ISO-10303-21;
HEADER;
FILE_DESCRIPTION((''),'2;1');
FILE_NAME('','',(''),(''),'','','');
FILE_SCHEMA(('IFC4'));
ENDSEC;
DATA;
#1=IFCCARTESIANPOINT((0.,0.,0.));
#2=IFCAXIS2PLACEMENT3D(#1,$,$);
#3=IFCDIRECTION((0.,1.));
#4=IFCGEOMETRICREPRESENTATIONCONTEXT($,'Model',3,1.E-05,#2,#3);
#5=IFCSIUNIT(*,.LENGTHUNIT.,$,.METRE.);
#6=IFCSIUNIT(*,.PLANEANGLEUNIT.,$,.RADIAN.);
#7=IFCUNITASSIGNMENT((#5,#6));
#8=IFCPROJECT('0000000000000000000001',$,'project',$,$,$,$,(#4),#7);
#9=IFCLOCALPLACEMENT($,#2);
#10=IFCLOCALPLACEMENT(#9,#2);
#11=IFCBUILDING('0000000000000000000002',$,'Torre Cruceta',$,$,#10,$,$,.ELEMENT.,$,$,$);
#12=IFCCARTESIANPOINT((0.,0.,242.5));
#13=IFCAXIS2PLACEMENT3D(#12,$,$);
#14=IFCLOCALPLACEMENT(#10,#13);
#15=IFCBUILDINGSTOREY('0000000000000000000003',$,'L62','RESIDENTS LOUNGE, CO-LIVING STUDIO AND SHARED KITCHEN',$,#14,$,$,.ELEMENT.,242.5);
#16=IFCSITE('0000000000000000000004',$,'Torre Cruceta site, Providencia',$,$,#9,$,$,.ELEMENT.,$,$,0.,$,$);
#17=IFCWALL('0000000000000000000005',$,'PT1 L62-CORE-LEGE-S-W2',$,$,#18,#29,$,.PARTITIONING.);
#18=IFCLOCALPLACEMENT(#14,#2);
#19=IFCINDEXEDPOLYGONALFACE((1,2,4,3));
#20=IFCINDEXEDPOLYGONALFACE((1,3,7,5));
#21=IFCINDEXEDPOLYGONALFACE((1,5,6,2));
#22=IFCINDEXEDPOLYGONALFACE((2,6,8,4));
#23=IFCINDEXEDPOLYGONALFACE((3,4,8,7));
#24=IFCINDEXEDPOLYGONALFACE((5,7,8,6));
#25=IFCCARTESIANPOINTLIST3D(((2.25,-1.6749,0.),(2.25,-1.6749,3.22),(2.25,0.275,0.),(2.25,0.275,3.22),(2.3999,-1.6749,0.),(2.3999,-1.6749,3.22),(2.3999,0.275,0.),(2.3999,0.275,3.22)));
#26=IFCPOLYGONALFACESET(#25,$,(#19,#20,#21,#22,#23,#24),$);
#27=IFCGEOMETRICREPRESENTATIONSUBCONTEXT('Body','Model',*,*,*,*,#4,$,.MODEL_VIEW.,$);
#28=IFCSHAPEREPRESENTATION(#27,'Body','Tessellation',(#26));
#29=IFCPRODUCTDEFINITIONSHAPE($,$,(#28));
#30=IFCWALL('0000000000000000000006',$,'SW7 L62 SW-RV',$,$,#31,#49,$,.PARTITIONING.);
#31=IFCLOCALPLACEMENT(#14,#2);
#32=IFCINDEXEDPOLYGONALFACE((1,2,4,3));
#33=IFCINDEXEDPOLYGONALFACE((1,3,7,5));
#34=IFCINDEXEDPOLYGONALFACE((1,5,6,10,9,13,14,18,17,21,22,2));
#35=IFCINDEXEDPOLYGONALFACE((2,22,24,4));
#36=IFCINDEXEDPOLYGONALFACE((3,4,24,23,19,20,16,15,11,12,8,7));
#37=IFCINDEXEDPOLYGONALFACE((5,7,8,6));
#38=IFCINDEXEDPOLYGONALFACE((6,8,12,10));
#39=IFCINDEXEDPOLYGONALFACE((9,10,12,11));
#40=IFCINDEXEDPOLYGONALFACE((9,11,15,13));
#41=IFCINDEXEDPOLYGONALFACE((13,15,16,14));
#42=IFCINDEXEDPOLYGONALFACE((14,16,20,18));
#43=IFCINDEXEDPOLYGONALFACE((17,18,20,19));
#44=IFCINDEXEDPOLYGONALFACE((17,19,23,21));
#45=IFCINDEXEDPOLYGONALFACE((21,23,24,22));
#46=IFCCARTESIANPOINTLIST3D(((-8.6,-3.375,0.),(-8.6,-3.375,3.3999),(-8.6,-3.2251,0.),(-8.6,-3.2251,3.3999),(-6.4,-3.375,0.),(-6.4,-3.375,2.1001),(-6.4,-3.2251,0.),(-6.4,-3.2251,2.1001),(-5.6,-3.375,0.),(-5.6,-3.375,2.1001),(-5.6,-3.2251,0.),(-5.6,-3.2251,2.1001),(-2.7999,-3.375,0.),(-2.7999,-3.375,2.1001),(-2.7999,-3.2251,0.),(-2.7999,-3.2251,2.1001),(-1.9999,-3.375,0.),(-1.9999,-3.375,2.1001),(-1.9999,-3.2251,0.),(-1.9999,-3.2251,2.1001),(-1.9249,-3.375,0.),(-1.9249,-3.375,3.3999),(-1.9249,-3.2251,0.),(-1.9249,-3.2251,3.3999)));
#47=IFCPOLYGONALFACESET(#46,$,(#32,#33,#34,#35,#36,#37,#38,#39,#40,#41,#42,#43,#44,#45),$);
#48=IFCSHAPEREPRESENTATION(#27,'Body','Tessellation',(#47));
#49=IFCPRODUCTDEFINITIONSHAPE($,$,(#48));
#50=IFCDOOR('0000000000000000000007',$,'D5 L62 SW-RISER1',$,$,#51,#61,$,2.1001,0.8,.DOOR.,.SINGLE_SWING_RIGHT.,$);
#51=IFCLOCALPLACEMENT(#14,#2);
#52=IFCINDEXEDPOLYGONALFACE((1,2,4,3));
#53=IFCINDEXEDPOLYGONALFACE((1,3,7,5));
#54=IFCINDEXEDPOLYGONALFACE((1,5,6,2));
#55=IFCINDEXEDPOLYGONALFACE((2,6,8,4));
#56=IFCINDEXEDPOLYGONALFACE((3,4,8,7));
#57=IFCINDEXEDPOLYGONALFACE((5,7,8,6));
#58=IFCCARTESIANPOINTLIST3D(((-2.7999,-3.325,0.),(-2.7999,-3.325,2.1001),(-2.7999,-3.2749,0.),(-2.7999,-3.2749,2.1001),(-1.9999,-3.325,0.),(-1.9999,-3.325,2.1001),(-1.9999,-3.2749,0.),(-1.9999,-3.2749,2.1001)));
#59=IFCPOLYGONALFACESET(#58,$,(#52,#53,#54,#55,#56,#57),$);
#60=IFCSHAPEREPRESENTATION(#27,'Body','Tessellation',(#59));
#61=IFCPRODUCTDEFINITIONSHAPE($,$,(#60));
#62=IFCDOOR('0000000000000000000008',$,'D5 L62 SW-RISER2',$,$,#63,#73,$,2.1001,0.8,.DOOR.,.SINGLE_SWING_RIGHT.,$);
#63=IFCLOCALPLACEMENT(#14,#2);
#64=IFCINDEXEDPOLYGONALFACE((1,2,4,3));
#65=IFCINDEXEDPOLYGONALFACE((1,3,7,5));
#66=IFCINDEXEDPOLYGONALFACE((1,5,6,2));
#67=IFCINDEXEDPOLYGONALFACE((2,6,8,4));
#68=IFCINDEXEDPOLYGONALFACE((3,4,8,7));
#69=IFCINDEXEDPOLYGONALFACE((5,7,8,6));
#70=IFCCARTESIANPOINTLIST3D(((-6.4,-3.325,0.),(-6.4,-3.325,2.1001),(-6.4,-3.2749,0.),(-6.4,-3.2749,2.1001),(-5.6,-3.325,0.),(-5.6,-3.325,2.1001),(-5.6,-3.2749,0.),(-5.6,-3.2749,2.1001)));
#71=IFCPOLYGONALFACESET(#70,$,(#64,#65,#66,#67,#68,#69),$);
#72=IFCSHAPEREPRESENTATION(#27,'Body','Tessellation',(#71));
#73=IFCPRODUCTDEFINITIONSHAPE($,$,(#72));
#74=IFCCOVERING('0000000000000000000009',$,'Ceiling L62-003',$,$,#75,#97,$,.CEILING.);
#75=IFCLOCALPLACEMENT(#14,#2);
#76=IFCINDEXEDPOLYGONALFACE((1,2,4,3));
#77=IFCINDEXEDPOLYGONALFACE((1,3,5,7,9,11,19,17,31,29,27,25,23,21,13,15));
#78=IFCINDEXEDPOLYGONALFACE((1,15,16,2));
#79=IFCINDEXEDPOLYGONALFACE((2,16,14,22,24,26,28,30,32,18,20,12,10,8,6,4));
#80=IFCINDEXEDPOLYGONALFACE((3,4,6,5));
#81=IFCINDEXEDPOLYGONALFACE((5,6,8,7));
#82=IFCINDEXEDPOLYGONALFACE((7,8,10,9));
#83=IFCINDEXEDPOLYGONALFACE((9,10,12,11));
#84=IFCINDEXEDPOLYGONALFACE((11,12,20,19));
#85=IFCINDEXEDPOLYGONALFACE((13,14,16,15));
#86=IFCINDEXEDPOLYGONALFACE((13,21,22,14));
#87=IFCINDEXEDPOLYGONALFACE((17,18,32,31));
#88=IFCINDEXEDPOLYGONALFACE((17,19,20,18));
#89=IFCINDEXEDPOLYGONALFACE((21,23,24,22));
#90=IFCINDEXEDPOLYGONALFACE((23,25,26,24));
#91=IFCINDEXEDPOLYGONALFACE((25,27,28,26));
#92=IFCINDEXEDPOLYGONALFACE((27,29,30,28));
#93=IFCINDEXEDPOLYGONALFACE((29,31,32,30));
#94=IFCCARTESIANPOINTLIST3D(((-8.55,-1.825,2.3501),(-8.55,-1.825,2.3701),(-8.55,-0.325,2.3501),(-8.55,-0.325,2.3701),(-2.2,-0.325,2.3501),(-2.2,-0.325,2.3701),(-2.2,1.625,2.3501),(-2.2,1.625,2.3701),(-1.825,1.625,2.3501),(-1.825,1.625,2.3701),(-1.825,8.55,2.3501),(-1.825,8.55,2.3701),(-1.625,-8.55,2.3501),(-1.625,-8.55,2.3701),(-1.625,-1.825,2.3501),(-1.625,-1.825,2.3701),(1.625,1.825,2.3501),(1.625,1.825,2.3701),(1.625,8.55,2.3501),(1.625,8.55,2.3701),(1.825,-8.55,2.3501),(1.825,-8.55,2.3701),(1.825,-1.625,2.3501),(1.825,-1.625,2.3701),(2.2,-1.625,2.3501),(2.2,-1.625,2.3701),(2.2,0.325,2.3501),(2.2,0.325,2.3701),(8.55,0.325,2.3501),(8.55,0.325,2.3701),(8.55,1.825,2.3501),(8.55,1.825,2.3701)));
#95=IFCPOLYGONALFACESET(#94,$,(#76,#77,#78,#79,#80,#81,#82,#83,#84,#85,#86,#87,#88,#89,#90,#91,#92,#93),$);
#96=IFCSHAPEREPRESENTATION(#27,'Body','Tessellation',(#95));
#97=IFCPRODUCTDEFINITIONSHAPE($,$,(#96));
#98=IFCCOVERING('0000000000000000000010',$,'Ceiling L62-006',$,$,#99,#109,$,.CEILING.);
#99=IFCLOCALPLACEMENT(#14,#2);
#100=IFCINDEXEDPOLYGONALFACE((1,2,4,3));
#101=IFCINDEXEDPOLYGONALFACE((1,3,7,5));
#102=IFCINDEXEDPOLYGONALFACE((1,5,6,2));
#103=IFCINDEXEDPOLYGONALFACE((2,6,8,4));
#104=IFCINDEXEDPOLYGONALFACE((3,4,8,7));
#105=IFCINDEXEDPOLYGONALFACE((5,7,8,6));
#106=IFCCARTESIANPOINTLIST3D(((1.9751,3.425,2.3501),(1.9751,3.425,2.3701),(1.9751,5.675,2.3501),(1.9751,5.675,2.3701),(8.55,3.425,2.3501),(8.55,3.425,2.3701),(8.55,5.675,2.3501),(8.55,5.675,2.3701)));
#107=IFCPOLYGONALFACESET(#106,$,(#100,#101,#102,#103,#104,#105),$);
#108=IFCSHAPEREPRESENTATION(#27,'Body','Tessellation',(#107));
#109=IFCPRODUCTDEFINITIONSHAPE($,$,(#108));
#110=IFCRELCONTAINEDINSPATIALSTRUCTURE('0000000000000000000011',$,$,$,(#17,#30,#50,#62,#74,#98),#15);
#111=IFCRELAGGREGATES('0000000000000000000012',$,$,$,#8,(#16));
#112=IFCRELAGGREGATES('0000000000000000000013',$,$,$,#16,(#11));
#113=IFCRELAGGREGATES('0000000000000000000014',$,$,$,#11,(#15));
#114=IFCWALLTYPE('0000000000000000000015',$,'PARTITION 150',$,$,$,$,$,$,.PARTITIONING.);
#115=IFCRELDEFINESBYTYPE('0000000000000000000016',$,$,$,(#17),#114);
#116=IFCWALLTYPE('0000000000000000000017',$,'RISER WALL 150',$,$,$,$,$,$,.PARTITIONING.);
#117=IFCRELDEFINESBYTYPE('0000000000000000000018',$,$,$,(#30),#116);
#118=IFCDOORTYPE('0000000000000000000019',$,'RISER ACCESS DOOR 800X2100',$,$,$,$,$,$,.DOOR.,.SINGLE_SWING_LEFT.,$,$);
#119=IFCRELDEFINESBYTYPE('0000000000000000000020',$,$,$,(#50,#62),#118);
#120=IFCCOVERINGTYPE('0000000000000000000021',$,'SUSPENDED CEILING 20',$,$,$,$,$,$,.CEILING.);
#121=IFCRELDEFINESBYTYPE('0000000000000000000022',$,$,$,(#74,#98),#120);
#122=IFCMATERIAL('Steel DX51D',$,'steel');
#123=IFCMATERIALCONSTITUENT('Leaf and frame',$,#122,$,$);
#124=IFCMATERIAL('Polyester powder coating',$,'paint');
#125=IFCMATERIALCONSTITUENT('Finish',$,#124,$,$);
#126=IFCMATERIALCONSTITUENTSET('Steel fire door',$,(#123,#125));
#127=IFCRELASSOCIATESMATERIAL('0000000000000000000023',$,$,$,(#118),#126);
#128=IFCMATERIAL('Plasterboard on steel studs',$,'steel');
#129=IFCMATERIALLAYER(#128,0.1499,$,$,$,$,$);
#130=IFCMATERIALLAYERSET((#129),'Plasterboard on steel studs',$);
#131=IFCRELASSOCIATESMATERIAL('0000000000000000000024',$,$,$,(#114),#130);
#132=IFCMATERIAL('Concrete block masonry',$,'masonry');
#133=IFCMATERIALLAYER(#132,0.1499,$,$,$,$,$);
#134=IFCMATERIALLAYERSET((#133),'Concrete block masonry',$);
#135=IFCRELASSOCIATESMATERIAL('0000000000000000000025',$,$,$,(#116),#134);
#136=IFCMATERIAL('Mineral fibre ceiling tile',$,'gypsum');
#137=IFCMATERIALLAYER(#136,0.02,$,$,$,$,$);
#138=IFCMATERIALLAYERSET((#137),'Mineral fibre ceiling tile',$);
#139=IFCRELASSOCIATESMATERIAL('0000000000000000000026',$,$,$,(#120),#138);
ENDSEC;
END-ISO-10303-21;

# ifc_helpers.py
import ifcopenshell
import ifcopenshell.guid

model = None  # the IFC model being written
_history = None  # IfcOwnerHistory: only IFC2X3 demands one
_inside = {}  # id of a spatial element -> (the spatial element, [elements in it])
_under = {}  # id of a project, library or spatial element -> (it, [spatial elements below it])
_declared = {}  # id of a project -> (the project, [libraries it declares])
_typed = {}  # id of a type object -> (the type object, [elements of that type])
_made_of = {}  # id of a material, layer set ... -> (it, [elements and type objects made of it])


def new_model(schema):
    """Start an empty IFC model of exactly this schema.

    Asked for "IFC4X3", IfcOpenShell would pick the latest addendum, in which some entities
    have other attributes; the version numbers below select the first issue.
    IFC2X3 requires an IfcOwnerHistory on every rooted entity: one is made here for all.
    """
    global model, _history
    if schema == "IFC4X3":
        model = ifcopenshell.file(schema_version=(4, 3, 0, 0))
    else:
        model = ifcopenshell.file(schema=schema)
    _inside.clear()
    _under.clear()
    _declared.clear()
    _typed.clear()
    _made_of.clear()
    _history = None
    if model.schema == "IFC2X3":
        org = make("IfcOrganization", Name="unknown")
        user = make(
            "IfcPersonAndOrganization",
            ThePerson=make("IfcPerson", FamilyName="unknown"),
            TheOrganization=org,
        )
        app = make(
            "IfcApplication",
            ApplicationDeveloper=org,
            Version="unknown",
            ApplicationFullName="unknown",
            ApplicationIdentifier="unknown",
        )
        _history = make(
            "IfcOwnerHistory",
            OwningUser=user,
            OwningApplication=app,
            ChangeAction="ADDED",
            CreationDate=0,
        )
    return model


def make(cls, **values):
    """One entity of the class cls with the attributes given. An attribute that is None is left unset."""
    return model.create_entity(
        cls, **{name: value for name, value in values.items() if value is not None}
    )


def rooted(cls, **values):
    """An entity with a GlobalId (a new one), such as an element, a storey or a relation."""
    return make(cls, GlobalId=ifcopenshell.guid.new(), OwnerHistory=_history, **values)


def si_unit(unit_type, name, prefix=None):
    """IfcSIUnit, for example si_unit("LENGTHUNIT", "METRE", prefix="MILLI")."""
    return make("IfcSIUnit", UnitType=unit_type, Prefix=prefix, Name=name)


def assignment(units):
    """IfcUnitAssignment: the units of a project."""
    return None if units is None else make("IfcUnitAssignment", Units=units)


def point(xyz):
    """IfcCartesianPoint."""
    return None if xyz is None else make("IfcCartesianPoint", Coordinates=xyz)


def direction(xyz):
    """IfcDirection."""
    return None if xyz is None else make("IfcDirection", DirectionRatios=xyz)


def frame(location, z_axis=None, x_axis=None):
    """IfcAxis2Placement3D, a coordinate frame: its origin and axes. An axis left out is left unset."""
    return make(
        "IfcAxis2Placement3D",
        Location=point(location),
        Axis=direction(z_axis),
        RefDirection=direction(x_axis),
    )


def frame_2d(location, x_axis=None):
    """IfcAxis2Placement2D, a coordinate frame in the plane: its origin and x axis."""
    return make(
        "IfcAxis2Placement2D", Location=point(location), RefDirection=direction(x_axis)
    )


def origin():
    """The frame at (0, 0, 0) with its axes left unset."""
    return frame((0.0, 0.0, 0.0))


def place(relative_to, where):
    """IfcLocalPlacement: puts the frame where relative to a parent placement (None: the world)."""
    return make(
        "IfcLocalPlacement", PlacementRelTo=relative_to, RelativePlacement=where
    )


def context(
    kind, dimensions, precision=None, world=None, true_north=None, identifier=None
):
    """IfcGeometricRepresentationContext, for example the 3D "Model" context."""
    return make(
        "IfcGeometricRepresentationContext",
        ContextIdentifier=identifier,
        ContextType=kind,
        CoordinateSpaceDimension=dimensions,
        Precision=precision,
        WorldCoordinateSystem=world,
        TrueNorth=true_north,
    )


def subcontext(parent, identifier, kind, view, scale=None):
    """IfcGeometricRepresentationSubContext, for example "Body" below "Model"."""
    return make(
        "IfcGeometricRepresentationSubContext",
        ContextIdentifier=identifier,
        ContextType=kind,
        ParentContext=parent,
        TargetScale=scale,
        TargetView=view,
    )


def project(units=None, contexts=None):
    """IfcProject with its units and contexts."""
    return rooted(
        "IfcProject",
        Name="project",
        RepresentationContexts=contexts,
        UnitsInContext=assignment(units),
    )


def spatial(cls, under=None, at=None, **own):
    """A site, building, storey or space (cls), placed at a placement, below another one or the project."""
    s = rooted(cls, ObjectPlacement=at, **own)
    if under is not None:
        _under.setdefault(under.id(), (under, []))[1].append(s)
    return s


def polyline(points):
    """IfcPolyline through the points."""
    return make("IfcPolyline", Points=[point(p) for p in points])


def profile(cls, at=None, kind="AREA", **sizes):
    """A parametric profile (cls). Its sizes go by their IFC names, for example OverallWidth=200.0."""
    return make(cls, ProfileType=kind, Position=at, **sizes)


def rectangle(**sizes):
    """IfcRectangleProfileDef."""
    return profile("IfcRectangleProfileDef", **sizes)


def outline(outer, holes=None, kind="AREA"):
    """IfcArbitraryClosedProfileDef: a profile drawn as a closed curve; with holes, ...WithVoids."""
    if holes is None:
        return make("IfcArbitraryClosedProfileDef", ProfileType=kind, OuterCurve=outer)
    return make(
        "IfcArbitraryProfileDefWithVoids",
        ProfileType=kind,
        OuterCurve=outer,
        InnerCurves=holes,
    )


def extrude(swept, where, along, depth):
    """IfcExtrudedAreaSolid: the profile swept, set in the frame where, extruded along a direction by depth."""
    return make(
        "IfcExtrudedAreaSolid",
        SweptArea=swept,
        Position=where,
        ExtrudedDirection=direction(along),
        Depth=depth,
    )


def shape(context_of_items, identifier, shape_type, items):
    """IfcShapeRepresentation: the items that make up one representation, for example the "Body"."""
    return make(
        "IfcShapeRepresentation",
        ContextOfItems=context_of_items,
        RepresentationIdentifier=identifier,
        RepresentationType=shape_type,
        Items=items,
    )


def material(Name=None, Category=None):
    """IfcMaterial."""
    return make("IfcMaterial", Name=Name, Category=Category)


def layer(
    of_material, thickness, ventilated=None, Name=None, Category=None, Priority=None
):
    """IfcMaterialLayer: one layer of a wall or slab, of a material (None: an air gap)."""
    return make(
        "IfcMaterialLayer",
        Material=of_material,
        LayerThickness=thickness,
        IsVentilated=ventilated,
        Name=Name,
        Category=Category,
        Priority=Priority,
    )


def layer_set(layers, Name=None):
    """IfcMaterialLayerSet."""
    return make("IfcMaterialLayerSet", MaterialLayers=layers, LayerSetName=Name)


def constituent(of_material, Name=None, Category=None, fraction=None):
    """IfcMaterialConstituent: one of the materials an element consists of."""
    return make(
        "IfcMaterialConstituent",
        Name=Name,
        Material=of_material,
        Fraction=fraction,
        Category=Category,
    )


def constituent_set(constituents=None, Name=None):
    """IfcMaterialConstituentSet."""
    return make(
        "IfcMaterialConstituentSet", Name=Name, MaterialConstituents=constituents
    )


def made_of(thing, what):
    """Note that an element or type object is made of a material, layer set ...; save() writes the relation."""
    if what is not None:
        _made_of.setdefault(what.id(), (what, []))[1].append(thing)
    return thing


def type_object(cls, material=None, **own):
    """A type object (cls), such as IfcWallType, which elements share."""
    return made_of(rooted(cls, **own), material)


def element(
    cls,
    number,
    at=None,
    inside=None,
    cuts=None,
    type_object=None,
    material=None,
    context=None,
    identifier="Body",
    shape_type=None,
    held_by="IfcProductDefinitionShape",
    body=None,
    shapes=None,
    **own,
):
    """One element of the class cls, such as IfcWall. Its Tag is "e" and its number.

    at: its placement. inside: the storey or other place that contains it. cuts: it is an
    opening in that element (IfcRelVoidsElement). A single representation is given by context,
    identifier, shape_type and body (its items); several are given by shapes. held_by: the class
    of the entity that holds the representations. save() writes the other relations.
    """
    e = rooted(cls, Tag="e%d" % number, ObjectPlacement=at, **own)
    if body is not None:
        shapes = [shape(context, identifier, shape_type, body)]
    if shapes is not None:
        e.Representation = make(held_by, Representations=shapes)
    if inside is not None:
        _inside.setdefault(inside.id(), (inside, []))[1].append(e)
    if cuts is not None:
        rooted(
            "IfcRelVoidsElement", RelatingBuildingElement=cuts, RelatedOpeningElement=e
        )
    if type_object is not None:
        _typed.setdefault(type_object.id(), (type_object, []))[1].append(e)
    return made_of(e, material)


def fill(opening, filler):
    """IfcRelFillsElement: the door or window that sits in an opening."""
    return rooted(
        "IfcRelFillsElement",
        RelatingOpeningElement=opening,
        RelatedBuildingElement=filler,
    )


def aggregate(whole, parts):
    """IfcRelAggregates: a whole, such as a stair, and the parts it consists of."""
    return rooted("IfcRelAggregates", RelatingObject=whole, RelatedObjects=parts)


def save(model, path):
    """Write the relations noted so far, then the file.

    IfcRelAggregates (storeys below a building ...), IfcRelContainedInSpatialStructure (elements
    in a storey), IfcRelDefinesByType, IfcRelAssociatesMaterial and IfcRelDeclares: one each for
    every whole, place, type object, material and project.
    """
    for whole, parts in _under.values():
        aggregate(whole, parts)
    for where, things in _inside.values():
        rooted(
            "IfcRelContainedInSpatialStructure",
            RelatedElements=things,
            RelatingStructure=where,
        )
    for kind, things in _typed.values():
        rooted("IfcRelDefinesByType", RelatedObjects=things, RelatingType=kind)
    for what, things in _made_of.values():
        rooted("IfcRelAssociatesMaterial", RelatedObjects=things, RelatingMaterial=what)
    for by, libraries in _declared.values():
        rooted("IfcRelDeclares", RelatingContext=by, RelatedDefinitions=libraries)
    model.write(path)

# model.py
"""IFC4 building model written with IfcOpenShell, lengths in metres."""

from ifc_helpers import new_model, si_unit, direction, frame, frame_2d, origin, place, context, subcontext, project, spatial, polyline, rectangle, outline, extrude, material, layer, layer_set, constituent, constituent_set, type_object, element, fill, save


model = new_model("IFC4")

# Units and contexts
model_context = context("Model", 3, precision=1e-05, world=origin(), true_north=direction((0.0, 1.0)))
body_context = subcontext(model_context, "Body", "Model", "MODEL_VIEW")
ifc_project = project(units=[si_unit("LENGTHUNIT", "METRE"), si_unit("PLANEANGLEUNIT", "RADIAN")], contexts=[model_context])

# Site, building, storey
site_placement = place(None, origin())
site = spatial("IfcSite", under=ifc_project, at=site_placement, Name="Torre Cruceta site, Providencia", CompositionType="ELEMENT", RefElevation=0.0)
building_placement = place(site_placement, origin())
building = spatial("IfcBuilding", under=site, at=building_placement, Name="Torre Cruceta", CompositionType="ELEMENT")
storey_placement = place(building_placement, frame((0.0, 0.0, 242.5)))
storey = spatial("IfcBuildingStorey", under=building, at=storey_placement, Name="L62", Description="RESIDENTS LOUNGE, CO-LIVING STUDIO AND SHARED KITCHEN", CompositionType="ELEMENT", Elevation=242.5)

# Shared definitions
ifc_material_1 = material(Name="Steel DX51D", Category="steel")
ifc_constituent_1 = constituent(ifc_material_1, Name="Leaf and frame")
ifc_material_2 = material(Name="Polyester powder coating", Category="paint")
ifc_constituent_2 = constituent(ifc_material_2, Name="Finish")
ifc_constituent_set_1 = constituent_set(constituents=[ifc_constituent_1, ifc_constituent_2], Name="Steel fire door")
door_type_1 = type_object("IfcDoorType", Name="RISER ACCESS DOOR 800X2100", OperationType="SINGLE_SWING_LEFT", PredefinedType="DOOR", material=ifc_constituent_set_1)

# Wall
ifc_material_3 = material(Name="Plasterboard on steel studs", Category="steel")
ifc_layer_1 = layer(ifc_material_3, 0.1499)
ifc_layer_set_1 = layer_set([ifc_layer_1], Name="Plasterboard on steel studs")
wall_type_1 = type_object("IfcWallType", Name="PARTITION 150", PredefinedType="PARTITIONING", material=ifc_layer_set_1)
wall_1_placement = place(storey_placement, frame((2.325, -1.675, 0.0), z_axis=(0.0, 0.0, 1.0), x_axis=(0.0, 1.0, 0.0)))
element("IfcWall", 1, at=wall_1_placement, inside=storey, type_object=wall_type_1, Name="PT1 L62-CORE-LEGE-S-W2", PredefinedType="PARTITIONING", context=body_context, shape_type="SweptSolid", body=[
    extrude(rectangle(XDim=1.95, YDim=0.1499, at=frame_2d((0.9751, 0.0))), origin(), (0.0, 0.0, 1.0), 3.22),
])

# Wall, openings, doors
ifc_material_4 = material(Name="Concrete block masonry", Category="masonry")
ifc_layer_2 = layer(ifc_material_4, 0.1499)
ifc_layer_set_2 = layer_set([ifc_layer_2], Name="Concrete block masonry")
wall_type_2 = type_object("IfcWallType", Name="RISER WALL 150", PredefinedType="PARTITIONING", material=ifc_layer_set_2)
wall_2_placement = place(storey_placement, frame((-1.925, -3.3, 0.0), z_axis=(0.0, 0.0, 1.0), x_axis=(-1.0, 0.0, 0.0)))
wall_2 = element("IfcWall", 2, at=wall_2_placement, inside=storey, type_object=wall_type_2, Name="SW7 L62 SW-RV", PredefinedType="PARTITIONING", context=body_context, shape_type="SweptSolid", body=[
    extrude(rectangle(XDim=6.675, YDim=0.1499, at=frame_2d((3.3374, 0.0))), origin(), (0.0, 0.0, 1.0), 3.3999),
])
opening_1_placement = place(wall_2_placement, frame((0.075, 0.0, 0.0)))
opening_1 = element("IfcOpeningElement", 3, at=opening_1_placement, cuts=wall_2, PredefinedType="OPENING", context=body_context, shape_type="SweptSolid", body=[
    extrude(rectangle(XDim=0.8, YDim=2.1001, at=frame_2d((0.3999, 1.05))), frame((0.0, 0.085, 0.0), z_axis=(0.0, -1.0, 0.0), x_axis=(1.0, 0.0, 0.0)), (0.0, 0.0, 1.0), 0.1699),
])
opening_2_placement = place(wall_2_placement, frame((3.675, 0.0, 0.0)))
opening_2 = element("IfcOpeningElement", 4, at=opening_2_placement, cuts=wall_2, PredefinedType="OPENING", context=body_context, shape_type="SweptSolid", body=[
    extrude(rectangle(XDim=0.8, YDim=2.1001, at=frame_2d((0.3999, 1.05))), frame((0.0, 0.085, 0.0), z_axis=(0.0, -1.0, 0.0), x_axis=(1.0, 0.0, 0.0)), (0.0, 0.0, 1.0), 0.1699),
])
door_1_placement = place(opening_1_placement, frame((0.8, 0.0, 0.0), z_axis=(0.0, 0.0, 1.0), x_axis=(-1.0, 0.0, 0.0)))
door_1 = element("IfcDoor", 5, at=door_1_placement, inside=storey, type_object=door_type_1, Name="D5 L62 SW-RISER1", OperationType="SINGLE_SWING_RIGHT", OverallHeight=2.1001, OverallWidth=0.8, PredefinedType="DOOR", context=body_context, shape_type="SweptSolid", body=[
    extrude(rectangle(XDim=0.8, YDim=2.1001, at=frame_2d((0.4001, 1.05))), frame((0.0, 0.0251, 0.0), z_axis=(0.0, -1.0, 0.0), x_axis=(1.0, 0.0, 0.0)), (0.0, 0.0, 1.0), 0.05),
])
fill(opening_1, door_1)
door_2_placement = place(opening_2_placement, frame((0.8, 0.0, 0.0), z_axis=(0.0, 0.0, 1.0), x_axis=(-1.0, 0.0, 0.0)))
door_2 = element("IfcDoor", 6, at=door_2_placement, inside=storey, type_object=door_type_1, Name="D5 L62 SW-RISER2", OperationType="SINGLE_SWING_RIGHT", OverallHeight=2.1001, OverallWidth=0.8, PredefinedType="DOOR", context=body_context, shape_type="SweptSolid", body=[
    extrude(rectangle(XDim=0.8, YDim=2.1001, at=frame_2d((0.4001, 1.05))), frame((0.0, 0.0251, 0.0), z_axis=(0.0, -1.0, 0.0), x_axis=(1.0, 0.0, 0.0)), (0.0, 0.0, 1.0), 0.05),
])
fill(opening_2, door_2)

# Coverings
ifc_material_5 = material(Name="Mineral fibre ceiling tile", Category="gypsum")
ifc_layer_3 = layer(ifc_material_5, 0.02)
ifc_layer_set_3 = layer_set([ifc_layer_3], Name="Mineral fibre ceiling tile")
covering_type = type_object("IfcCoveringType", Name="SUSPENDED CEILING 20", PredefinedType="CEILING", material=ifc_layer_set_3)
covering_1_placement = place(storey_placement, frame((0.0, 0.0, 2.3501)))
element("IfcCovering", 7, at=covering_1_placement, inside=storey, type_object=covering_type, Name="Ceiling L62-003", PredefinedType="CEILING", context=body_context, shape_type="SweptSolid", body=[
    extrude(outline(polyline([(1.825, -8.55), (-1.625, -8.55), (-1.625, -1.825), (-8.55, -1.825), (-8.55, -0.325), (-2.2, -0.325), (-2.2, 1.625), (-1.825, 1.625), (-1.825, 8.55), (1.625, 8.55), (1.625, 1.825), (8.55, 1.825), (8.55, 0.325), (2.2, 0.325), (2.2, -1.625), (1.825, -1.625), (1.825, -8.55)])), origin(), (0.0, 0.0, 1.0), 0.02),
])
covering_2_placement = place(storey_placement, frame((0.0, 0.0, 2.3501)))
element("IfcCovering", 8, at=covering_2_placement, inside=storey, type_object=covering_type, Name="Ceiling L62-006", PredefinedType="CEILING", context=body_context, shape_type="SweptSolid", body=[
    extrude(outline(polyline([(1.9751, 3.425), (1.9751, 5.675), (8.55, 5.675), (8.55, 3.425), (1.9751, 3.425)])), origin(), (0.0, 0.0, 1.0), 0.02),
])

save(model, "model.ifc")
